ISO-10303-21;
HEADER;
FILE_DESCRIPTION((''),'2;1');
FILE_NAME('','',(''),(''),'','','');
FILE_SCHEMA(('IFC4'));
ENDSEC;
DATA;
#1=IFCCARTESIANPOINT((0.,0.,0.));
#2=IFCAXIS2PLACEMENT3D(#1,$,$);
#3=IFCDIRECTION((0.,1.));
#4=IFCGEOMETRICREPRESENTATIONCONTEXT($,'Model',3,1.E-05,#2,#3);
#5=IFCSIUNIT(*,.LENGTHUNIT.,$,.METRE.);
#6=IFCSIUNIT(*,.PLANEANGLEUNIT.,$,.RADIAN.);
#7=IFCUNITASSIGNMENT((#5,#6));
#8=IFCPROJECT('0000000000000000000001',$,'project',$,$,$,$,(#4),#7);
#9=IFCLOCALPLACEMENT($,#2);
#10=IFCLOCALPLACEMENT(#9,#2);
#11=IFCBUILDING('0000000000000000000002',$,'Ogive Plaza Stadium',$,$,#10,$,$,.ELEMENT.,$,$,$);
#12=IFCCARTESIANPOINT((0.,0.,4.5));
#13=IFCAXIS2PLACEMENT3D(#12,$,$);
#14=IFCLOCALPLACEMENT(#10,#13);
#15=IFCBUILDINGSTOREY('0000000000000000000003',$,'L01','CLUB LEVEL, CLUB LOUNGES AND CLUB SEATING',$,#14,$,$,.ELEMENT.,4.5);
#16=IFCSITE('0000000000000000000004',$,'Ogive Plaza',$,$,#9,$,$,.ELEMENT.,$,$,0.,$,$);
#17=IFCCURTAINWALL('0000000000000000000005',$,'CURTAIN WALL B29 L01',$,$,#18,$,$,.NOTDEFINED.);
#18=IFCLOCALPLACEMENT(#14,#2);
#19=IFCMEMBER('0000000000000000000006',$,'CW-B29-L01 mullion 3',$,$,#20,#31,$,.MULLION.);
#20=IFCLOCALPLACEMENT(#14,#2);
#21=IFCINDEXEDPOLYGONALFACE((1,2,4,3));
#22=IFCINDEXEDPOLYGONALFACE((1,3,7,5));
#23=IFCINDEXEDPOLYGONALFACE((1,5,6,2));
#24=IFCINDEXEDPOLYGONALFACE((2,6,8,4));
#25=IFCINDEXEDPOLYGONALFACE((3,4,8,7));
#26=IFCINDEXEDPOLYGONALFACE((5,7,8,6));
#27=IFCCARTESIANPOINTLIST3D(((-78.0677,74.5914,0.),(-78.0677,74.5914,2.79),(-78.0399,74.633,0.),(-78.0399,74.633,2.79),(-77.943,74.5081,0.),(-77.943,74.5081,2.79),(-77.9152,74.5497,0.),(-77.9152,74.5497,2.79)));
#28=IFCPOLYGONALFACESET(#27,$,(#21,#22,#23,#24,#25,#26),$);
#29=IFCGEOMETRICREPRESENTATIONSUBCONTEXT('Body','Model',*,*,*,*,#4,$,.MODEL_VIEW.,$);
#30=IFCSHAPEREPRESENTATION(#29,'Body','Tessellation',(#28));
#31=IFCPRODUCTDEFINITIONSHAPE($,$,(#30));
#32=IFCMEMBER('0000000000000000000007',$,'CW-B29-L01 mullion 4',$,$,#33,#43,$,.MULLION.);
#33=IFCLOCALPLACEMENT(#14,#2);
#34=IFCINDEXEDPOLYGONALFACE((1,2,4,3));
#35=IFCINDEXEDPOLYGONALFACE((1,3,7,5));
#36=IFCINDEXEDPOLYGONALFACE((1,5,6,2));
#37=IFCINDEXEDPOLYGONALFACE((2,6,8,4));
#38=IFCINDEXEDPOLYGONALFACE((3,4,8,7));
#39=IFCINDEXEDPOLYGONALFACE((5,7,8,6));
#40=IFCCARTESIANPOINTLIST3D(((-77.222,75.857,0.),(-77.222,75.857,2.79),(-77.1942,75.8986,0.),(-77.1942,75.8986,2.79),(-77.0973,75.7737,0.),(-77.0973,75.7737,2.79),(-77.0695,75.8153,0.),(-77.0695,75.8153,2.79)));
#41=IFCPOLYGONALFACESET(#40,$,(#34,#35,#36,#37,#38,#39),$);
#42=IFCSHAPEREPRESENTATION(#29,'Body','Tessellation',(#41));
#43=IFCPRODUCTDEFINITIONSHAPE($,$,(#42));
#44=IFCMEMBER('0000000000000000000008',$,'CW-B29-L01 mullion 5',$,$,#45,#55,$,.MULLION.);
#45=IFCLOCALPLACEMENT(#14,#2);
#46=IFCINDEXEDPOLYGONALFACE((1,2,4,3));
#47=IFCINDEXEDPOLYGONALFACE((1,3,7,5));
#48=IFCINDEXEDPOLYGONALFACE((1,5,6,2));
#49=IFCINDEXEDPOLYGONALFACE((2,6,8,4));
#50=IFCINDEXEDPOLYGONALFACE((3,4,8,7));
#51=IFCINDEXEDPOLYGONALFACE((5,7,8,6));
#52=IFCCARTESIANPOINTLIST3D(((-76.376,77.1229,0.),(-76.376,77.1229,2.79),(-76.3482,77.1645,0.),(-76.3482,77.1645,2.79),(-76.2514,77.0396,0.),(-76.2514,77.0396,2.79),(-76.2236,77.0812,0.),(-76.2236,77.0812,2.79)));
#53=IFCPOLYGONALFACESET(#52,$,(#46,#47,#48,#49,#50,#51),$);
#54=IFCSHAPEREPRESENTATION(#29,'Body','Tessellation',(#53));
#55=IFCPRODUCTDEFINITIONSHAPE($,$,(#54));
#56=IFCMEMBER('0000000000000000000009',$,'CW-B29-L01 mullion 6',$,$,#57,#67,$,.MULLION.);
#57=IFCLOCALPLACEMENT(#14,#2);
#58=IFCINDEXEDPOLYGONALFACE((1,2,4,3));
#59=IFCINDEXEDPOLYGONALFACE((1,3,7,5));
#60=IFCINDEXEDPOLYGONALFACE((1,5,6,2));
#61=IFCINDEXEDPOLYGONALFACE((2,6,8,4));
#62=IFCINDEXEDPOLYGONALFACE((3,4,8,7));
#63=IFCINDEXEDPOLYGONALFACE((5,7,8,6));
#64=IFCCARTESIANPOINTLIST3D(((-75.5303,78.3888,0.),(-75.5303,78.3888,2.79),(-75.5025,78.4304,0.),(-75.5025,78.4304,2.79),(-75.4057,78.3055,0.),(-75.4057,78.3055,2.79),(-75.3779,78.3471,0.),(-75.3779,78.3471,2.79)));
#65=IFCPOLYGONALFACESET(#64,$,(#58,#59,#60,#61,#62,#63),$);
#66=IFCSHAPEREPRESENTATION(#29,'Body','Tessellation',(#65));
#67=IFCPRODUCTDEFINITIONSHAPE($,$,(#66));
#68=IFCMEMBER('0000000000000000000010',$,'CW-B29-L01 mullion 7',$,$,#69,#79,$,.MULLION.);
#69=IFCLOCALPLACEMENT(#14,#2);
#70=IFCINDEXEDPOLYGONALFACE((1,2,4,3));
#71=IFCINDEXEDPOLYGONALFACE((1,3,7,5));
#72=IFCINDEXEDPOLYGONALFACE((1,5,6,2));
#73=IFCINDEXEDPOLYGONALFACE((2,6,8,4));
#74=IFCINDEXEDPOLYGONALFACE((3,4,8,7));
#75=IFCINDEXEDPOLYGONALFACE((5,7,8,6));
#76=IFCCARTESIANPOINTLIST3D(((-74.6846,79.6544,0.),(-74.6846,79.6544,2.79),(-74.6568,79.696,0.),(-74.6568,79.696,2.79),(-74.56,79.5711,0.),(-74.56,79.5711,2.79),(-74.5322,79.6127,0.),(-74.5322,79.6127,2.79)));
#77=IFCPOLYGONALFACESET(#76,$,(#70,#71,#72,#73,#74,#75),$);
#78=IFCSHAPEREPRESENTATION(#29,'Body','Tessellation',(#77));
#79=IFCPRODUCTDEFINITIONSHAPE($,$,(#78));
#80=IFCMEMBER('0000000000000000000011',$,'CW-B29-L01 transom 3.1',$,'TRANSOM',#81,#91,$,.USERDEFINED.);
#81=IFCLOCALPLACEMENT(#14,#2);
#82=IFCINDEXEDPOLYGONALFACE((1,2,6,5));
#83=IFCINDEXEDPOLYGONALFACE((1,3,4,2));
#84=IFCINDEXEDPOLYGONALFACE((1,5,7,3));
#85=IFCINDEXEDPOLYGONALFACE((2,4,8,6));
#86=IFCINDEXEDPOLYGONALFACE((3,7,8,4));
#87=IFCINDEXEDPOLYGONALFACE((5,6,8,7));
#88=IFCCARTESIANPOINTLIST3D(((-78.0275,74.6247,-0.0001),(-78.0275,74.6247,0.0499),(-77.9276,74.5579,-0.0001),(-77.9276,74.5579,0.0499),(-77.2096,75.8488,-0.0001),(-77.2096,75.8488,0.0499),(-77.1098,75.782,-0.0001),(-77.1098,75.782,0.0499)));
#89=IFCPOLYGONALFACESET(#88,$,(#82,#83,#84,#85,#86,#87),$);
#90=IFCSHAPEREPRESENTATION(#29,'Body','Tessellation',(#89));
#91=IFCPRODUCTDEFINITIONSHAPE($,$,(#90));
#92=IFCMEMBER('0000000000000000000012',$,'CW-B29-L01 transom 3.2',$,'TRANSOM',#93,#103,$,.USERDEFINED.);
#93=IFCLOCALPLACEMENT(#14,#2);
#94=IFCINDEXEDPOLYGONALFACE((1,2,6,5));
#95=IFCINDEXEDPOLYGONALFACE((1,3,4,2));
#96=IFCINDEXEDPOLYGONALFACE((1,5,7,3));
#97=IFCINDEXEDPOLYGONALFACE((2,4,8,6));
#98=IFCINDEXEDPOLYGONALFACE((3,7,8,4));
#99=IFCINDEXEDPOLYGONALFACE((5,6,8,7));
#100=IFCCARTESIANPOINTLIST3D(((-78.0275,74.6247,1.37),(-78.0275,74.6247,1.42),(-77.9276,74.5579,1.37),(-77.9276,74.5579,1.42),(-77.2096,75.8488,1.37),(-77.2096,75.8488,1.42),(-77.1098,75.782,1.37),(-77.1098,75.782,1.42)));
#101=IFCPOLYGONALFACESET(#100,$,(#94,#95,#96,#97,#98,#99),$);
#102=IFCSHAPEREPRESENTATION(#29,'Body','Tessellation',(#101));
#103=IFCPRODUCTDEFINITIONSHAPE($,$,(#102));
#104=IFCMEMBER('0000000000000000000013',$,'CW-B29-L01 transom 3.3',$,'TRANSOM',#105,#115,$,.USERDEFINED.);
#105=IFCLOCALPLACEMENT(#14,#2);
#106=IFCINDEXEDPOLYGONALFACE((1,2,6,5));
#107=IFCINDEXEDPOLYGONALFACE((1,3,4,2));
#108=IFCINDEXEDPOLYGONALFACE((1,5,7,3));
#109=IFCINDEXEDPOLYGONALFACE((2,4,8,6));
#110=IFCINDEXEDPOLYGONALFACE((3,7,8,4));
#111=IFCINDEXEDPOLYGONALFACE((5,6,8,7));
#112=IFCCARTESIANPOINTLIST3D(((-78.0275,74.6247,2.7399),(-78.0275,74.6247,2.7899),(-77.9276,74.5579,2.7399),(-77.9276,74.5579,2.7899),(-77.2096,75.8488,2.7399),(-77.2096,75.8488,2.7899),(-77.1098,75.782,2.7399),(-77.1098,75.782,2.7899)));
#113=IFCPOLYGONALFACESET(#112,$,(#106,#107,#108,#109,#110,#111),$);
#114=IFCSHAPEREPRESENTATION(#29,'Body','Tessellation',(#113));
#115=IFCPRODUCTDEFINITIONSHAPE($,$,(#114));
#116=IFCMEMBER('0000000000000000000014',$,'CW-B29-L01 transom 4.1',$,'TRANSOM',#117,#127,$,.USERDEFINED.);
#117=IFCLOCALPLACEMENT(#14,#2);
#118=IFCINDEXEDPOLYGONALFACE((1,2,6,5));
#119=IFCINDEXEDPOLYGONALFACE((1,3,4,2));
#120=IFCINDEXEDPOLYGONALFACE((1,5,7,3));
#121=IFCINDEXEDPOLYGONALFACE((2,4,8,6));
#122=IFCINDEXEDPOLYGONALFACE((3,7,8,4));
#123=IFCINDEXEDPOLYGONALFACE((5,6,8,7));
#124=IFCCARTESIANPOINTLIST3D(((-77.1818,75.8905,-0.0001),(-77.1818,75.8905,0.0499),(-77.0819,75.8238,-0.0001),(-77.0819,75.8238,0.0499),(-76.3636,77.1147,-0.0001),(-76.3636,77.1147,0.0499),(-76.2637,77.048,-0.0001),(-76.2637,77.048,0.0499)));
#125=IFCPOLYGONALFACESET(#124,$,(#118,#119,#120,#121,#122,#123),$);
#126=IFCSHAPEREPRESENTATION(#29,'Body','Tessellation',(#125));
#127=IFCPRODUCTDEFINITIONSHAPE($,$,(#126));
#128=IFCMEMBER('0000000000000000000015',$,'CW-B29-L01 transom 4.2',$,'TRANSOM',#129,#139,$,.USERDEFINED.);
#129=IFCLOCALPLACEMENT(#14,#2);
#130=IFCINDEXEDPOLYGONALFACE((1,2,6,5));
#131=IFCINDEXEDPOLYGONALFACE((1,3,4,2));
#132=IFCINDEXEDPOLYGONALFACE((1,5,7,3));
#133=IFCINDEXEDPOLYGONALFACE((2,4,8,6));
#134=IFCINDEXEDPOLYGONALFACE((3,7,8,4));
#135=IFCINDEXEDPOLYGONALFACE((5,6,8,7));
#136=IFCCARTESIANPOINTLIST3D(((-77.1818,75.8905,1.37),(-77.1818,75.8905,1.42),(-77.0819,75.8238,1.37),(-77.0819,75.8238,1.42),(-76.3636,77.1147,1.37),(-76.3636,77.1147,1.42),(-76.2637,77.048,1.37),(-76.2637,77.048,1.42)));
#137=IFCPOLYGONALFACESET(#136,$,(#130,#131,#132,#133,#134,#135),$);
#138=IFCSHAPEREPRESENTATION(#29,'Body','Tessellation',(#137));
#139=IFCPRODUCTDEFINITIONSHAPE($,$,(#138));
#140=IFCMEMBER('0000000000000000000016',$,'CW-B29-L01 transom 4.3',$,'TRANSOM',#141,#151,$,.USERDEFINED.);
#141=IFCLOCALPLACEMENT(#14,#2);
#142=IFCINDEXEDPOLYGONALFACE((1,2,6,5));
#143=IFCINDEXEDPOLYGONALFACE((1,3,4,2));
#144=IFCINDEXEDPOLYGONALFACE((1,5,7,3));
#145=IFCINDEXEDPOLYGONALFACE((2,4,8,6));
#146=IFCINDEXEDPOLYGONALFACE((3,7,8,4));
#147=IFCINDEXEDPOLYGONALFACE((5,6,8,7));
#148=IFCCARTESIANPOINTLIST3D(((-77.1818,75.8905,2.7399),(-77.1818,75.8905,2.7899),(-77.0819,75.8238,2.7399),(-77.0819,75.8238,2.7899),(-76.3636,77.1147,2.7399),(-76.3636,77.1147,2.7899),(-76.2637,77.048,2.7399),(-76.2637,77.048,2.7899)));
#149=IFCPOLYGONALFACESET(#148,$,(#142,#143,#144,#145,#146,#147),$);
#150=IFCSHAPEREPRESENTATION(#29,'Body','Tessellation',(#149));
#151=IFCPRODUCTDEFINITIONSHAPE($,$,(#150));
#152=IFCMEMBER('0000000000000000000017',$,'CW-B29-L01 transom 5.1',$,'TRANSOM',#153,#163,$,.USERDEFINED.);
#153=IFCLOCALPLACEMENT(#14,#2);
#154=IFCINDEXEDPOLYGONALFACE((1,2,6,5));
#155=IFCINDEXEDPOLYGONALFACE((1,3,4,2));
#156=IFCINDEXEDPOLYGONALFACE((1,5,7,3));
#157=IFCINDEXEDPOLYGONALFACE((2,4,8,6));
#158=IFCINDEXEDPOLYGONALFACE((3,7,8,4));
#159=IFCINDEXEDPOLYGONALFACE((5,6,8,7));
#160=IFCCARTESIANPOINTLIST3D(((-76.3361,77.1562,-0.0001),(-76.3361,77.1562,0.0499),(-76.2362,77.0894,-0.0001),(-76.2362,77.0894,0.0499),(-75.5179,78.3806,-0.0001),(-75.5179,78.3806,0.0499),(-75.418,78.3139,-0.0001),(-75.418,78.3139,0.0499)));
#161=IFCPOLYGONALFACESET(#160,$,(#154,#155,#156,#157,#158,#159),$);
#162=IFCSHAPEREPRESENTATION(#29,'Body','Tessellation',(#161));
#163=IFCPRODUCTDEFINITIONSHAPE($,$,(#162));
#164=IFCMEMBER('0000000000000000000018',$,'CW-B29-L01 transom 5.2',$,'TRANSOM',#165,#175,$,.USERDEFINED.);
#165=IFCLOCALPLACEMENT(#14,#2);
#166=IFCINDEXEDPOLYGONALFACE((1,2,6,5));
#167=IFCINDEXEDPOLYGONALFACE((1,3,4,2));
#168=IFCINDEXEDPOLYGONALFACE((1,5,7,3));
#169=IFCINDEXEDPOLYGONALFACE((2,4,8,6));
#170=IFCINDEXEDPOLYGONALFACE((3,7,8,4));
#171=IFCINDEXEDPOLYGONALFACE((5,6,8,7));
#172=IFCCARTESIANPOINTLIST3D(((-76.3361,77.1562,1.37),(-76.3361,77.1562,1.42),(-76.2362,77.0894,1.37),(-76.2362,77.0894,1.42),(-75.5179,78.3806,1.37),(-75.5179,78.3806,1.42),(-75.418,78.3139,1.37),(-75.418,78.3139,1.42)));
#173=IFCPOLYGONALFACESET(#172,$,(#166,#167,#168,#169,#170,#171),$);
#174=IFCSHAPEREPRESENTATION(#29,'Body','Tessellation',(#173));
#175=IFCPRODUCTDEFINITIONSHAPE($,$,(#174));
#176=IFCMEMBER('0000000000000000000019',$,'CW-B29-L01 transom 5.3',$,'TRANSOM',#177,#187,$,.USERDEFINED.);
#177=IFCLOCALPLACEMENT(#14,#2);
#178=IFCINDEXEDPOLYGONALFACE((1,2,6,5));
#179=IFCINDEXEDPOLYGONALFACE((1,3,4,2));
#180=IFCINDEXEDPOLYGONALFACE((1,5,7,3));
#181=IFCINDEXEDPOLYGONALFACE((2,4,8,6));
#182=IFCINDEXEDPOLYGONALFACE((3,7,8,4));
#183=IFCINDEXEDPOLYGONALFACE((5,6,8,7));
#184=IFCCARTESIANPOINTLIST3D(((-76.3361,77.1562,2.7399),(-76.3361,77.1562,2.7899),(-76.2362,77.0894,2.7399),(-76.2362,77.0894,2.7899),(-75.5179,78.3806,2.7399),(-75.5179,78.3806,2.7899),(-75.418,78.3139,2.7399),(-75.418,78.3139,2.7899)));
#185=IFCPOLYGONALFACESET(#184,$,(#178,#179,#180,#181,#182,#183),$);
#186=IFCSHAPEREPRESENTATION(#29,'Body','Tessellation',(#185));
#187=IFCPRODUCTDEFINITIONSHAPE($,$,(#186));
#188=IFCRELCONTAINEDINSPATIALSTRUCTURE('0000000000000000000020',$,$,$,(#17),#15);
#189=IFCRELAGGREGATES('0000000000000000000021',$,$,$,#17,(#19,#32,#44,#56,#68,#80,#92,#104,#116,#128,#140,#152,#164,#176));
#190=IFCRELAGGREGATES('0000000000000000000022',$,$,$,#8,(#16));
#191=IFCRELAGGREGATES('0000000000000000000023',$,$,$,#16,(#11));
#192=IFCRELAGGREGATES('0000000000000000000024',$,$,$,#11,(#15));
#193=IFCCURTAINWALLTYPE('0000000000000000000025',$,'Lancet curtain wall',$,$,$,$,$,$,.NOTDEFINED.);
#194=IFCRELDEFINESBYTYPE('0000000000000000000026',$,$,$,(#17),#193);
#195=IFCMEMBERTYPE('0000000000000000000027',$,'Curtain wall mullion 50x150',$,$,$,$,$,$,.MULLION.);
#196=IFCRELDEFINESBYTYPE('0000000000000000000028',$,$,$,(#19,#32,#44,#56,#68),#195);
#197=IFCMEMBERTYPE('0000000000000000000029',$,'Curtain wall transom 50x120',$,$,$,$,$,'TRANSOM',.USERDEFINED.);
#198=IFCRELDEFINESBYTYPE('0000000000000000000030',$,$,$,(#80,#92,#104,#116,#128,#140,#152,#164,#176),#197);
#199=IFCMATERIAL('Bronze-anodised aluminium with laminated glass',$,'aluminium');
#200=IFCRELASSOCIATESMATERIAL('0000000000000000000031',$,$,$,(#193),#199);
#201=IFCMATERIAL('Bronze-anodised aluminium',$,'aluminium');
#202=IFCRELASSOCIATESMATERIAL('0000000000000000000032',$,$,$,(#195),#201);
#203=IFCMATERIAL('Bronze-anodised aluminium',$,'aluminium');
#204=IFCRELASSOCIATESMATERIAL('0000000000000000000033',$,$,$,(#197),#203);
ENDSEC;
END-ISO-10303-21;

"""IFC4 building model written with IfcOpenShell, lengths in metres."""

from ifc_helpers import new_model, si_unit, direction, frame, origin, origin_2d, place, context, subcontext, project, spatial, rectangle, extrude, material, material_profile, profile_set, type_object, element, aggregate, save


model = new_model("IFC4")

# Units and contexts
model_context = context("Model", 3, precision=1e-05, world=origin(), true_north=direction((0.0, 1.0)))
body_context = subcontext(model_context, "Body", "Model", "MODEL_VIEW")
ifc_project = project(units=[si_unit("LENGTHUNIT", "METRE"), si_unit("PLANEANGLEUNIT", "RADIAN")], contexts=[model_context])

# Site, building, storey
site_placement = place(None, origin())
site = spatial("IfcSite", under=ifc_project, at=site_placement, Name="Ogive Plaza", CompositionType="ELEMENT", RefElevation=0.0)
building_placement = place(site_placement, origin())
building = spatial("IfcBuilding", under=site, at=building_placement, Name="Ogive Plaza Stadium", CompositionType="ELEMENT")
storey_placement = place(building_placement, frame((0.0, 0.0, 4.5)))
storey = spatial("IfcBuildingStorey", under=building, at=storey_placement, Name="L01", Description="CLUB LEVEL, CLUB LOUNGES AND CLUB SEATING", CompositionType="ELEMENT", Elevation=4.5)

# Curtain wall, members
ifc_material_1 = material(Name="Bronze-anodised aluminium with laminated glass", Category="aluminium")
curtain_wall_type = type_object("IfcCurtainWallType", Name="Lancet curtain wall", PredefinedType="NOTDEFINED", material=ifc_material_1)
curtain_wall_placement = place(storey_placement, origin())
curtain_wall = element("IfcCurtainWall", 1, at=curtain_wall_placement, inside=storey, type_object=curtain_wall_type, Name="CURTAIN WALL B29 L01", PredefinedType="NOTDEFINED")
ifc_material_2 = material(Name="Bronze-anodised aluminium", Category="aluminium")
ifc_material_profile_1 = material_profile(ifc_material_2, rectangle(XDim=0.1499, YDim=0.05, at=origin_2d()), Name="AL 150x50")
ifc_profile_set_1 = profile_set([ifc_material_profile_1], Name="Bronze-anodised aluminium")
member_type_1 = type_object("IfcMemberType", Name="Curtain wall mullion 50x150", PredefinedType="MULLION", material=ifc_profile_set_1)
member_1_placement = place(storey_placement, frame((-77.9915, 74.5706, 0.0), z_axis=(0.0, 0.0, 1.0), x_axis=(-0.83147, 0.55557, 0.0)))
member_1 = element("IfcMember", 2, at=member_1_placement, type_object=member_type_1, Name="CW-B29-L01 mullion 3", PredefinedType="MULLION", context=body_context, shape_type="SweptSolid", body=[
    extrude(rectangle(XDim=0.1499, YDim=0.05, at=origin_2d()), origin(), (0.0, 0.0, 1.0), 2.79),
])
member_2_placement = place(storey_placement, frame((-77.1458, 75.8362, 0.0), z_axis=(0.0, 0.0, 1.0), x_axis=(-0.83147, 0.55557, 0.0)))
member_2 = element("IfcMember", 3, at=member_2_placement, type_object=member_type_1, Name="CW-B29-L01 mullion 4", PredefinedType="MULLION", context=body_context, shape_type="SweptSolid", body=[
    extrude(rectangle(XDim=0.1499, YDim=0.05, at=origin_2d()), origin(), (0.0, 0.0, 1.0), 2.79),
])
member_3_placement = place(storey_placement, frame((-76.2998, 77.1021, 0.0), z_axis=(0.0, 0.0, 1.0), x_axis=(-0.83147, 0.55557, 0.0)))
member_3 = element("IfcMember", 4, at=member_3_placement, type_object=member_type_1, Name="CW-B29-L01 mullion 5", PredefinedType="MULLION", context=body_context, shape_type="SweptSolid", body=[
    extrude(rectangle(XDim=0.1499, YDim=0.05, at=origin_2d()), origin(), (0.0, 0.0, 1.0), 2.79),
])
member_4_placement = place(storey_placement, frame((-75.4541, 78.3679, 0.0), z_axis=(0.0, 0.0, 1.0), x_axis=(-0.83147, 0.55557, 0.0)))
member_4 = element("IfcMember", 5, at=member_4_placement, type_object=member_type_1, Name="CW-B29-L01 mullion 6", PredefinedType="MULLION", context=body_context, shape_type="SweptSolid", body=[
    extrude(rectangle(XDim=0.1499, YDim=0.05, at=origin_2d()), origin(), (0.0, 0.0, 1.0), 2.79),
])
member_5_placement = place(storey_placement, frame((-74.6084, 79.6335, 0.0), z_axis=(0.0, 0.0, 1.0), x_axis=(-0.83147, 0.55557, 0.0)))
member_5 = element("IfcMember", 6, at=member_5_placement, type_object=member_type_1, Name="CW-B29-L01 mullion 7", PredefinedType="MULLION", context=body_context, shape_type="SweptSolid", body=[
    extrude(rectangle(XDim=0.1499, YDim=0.05, at=origin_2d()), origin(), (0.0, 0.0, 1.0), 2.79),
])
ifc_material_3 = material(Name="Bronze-anodised aluminium", Category="aluminium")
ifc_material_profile_2 = material_profile(ifc_material_3, rectangle(XDim=0.1201, YDim=0.05, at=origin_2d()), Name="AL 120x50")
ifc_profile_set_2 = profile_set([ifc_material_profile_2], Name="Bronze-anodised aluminium")
member_type_2 = type_object("IfcMemberType", Name="Curtain wall transom 50x120", ElementType="TRANSOM", PredefinedType="USERDEFINED", material=ifc_profile_set_2)
member_6_placement = place(storey_placement, frame((-77.9775, 74.5913, 0.0249), z_axis=(0.555542, 0.831489, 0.0), x_axis=(-0.831489, 0.555542, 0.0)))
member_6 = element("IfcMember", 7, at=member_6_placement, type_object=member_type_2, Name="CW-B29-L01 transom 3.1", ObjectType="TRANSOM", PredefinedType="USERDEFINED", context=body_context, shape_type="SweptSolid", body=[
    extrude(rectangle(XDim=0.1201, YDim=0.05, at=origin_2d()), origin(), (0.0, 0.0, 1.0), 1.4722),
])
member_7_placement = place(storey_placement, frame((-77.9775, 74.5913, 1.395), z_axis=(0.555542, 0.831489, 0.0), x_axis=(-0.831489, 0.555542, 0.0)))
member_7 = element("IfcMember", 8, at=member_7_placement, type_object=member_type_2, Name="CW-B29-L01 transom 3.2", ObjectType="TRANSOM", PredefinedType="USERDEFINED", context=body_context, shape_type="SweptSolid", body=[
    extrude(rectangle(XDim=0.1201, YDim=0.05, at=origin_2d()), origin(), (0.0, 0.0, 1.0), 1.4722),
])
member_8_placement = place(storey_placement, frame((-77.9775, 74.5913, 2.7649), z_axis=(0.555542, 0.831489, 0.0), x_axis=(-0.831489, 0.555542, 0.0)))
member_8 = element("IfcMember", 9, at=member_8_placement, type_object=member_type_2, Name="CW-B29-L01 transom 3.3", ObjectType="TRANSOM", PredefinedType="USERDEFINED", context=body_context, shape_type="SweptSolid", body=[
    extrude(rectangle(XDim=0.1201, YDim=0.05, at=origin_2d()), origin(), (0.0, 0.0, 1.0), 1.4722),
])
member_9_placement = place(storey_placement, frame((-77.1318, 75.8572, 0.0249), z_axis=(0.555656, 0.831412, 0.0), x_axis=(-0.831412, 0.555656, 0.0)))
member_9 = element("IfcMember", 10, at=member_9_placement, type_object=member_type_2, Name="CW-B29-L01 transom 4.1", ObjectType="TRANSOM", PredefinedType="USERDEFINED", context=body_context, shape_type="SweptSolid", body=[
    extrude(rectangle(XDim=0.1201, YDim=0.05, at=origin_2d()), origin(), (0.0, 0.0, 1.0), 1.4724),
])
member_10_placement = place(storey_placement, frame((-77.1318, 75.8572, 1.395), z_axis=(0.555656, 0.831412, 0.0), x_axis=(-0.831412, 0.555656, 0.0)))
member_10 = element("IfcMember", 11, at=member_10_placement, type_object=member_type_2, Name="CW-B29-L01 transom 4.2", ObjectType="TRANSOM", PredefinedType="USERDEFINED", context=body_context, shape_type="SweptSolid", body=[
    extrude(rectangle(XDim=0.1201, YDim=0.05, at=origin_2d()), origin(), (0.0, 0.0, 1.0), 1.4724),
])
member_11_placement = place(storey_placement, frame((-77.1318, 75.8572, 2.7649), z_axis=(0.555656, 0.831412, 0.0), x_axis=(-0.831412, 0.555656, 0.0)))
member_11 = element("IfcMember", 12, at=member_11_placement, type_object=member_type_2, Name="CW-B29-L01 transom 4.3", ObjectType="TRANSOM", PredefinedType="USERDEFINED", context=body_context, shape_type="SweptSolid", body=[
    extrude(rectangle(XDim=0.1201, YDim=0.05, at=origin_2d()), origin(), (0.0, 0.0, 1.0), 1.4724),
])
member_12_placement = place(storey_placement, frame((-76.2861, 77.1228, 0.0249), z_axis=(0.55558, 0.831463, 0.0), x_axis=(-0.831463, 0.55558, 0.0)))
member_12 = element("IfcMember", 13, at=member_12_placement, type_object=member_type_2, Name="CW-B29-L01 transom 5.1", ObjectType="TRANSOM", PredefinedType="USERDEFINED", context=body_context, shape_type="SweptSolid", body=[
    extrude(rectangle(XDim=0.1201, YDim=0.05, at=origin_2d()), origin(), (0.0, 0.0, 1.0), 1.4727),
])
member_13_placement = place(storey_placement, frame((-76.2861, 77.1228, 1.395), z_axis=(0.55558, 0.831463, 0.0), x_axis=(-0.831463, 0.55558, 0.0)))
member_13 = element("IfcMember", 14, at=member_13_placement, type_object=member_type_2, Name="CW-B29-L01 transom 5.2", ObjectType="TRANSOM", PredefinedType="USERDEFINED", context=body_context, shape_type="SweptSolid", body=[
    extrude(rectangle(XDim=0.1201, YDim=0.05, at=origin_2d()), origin(), (0.0, 0.0, 1.0), 1.4727),
])
member_14_placement = place(storey_placement, frame((-76.2861, 77.1228, 2.7649), z_axis=(0.55558, 0.831463, 0.0), x_axis=(-0.831463, 0.55558, 0.0)))
member_14 = element("IfcMember", 15, at=member_14_placement, type_object=member_type_2, Name="CW-B29-L01 transom 5.3", ObjectType="TRANSOM", PredefinedType="USERDEFINED", context=body_context, shape_type="SweptSolid", body=[
    extrude(rectangle(XDim=0.1201, YDim=0.05, at=origin_2d()), origin(), (0.0, 0.0, 1.0), 1.4727),
])
aggregate(curtain_wall, [member_1, member_2, member_3, member_4, member_5, member_6, member_7, member_8, member_9, member_10, member_11, member_12, member_13, member_14])

save(model, "model.ifc")
